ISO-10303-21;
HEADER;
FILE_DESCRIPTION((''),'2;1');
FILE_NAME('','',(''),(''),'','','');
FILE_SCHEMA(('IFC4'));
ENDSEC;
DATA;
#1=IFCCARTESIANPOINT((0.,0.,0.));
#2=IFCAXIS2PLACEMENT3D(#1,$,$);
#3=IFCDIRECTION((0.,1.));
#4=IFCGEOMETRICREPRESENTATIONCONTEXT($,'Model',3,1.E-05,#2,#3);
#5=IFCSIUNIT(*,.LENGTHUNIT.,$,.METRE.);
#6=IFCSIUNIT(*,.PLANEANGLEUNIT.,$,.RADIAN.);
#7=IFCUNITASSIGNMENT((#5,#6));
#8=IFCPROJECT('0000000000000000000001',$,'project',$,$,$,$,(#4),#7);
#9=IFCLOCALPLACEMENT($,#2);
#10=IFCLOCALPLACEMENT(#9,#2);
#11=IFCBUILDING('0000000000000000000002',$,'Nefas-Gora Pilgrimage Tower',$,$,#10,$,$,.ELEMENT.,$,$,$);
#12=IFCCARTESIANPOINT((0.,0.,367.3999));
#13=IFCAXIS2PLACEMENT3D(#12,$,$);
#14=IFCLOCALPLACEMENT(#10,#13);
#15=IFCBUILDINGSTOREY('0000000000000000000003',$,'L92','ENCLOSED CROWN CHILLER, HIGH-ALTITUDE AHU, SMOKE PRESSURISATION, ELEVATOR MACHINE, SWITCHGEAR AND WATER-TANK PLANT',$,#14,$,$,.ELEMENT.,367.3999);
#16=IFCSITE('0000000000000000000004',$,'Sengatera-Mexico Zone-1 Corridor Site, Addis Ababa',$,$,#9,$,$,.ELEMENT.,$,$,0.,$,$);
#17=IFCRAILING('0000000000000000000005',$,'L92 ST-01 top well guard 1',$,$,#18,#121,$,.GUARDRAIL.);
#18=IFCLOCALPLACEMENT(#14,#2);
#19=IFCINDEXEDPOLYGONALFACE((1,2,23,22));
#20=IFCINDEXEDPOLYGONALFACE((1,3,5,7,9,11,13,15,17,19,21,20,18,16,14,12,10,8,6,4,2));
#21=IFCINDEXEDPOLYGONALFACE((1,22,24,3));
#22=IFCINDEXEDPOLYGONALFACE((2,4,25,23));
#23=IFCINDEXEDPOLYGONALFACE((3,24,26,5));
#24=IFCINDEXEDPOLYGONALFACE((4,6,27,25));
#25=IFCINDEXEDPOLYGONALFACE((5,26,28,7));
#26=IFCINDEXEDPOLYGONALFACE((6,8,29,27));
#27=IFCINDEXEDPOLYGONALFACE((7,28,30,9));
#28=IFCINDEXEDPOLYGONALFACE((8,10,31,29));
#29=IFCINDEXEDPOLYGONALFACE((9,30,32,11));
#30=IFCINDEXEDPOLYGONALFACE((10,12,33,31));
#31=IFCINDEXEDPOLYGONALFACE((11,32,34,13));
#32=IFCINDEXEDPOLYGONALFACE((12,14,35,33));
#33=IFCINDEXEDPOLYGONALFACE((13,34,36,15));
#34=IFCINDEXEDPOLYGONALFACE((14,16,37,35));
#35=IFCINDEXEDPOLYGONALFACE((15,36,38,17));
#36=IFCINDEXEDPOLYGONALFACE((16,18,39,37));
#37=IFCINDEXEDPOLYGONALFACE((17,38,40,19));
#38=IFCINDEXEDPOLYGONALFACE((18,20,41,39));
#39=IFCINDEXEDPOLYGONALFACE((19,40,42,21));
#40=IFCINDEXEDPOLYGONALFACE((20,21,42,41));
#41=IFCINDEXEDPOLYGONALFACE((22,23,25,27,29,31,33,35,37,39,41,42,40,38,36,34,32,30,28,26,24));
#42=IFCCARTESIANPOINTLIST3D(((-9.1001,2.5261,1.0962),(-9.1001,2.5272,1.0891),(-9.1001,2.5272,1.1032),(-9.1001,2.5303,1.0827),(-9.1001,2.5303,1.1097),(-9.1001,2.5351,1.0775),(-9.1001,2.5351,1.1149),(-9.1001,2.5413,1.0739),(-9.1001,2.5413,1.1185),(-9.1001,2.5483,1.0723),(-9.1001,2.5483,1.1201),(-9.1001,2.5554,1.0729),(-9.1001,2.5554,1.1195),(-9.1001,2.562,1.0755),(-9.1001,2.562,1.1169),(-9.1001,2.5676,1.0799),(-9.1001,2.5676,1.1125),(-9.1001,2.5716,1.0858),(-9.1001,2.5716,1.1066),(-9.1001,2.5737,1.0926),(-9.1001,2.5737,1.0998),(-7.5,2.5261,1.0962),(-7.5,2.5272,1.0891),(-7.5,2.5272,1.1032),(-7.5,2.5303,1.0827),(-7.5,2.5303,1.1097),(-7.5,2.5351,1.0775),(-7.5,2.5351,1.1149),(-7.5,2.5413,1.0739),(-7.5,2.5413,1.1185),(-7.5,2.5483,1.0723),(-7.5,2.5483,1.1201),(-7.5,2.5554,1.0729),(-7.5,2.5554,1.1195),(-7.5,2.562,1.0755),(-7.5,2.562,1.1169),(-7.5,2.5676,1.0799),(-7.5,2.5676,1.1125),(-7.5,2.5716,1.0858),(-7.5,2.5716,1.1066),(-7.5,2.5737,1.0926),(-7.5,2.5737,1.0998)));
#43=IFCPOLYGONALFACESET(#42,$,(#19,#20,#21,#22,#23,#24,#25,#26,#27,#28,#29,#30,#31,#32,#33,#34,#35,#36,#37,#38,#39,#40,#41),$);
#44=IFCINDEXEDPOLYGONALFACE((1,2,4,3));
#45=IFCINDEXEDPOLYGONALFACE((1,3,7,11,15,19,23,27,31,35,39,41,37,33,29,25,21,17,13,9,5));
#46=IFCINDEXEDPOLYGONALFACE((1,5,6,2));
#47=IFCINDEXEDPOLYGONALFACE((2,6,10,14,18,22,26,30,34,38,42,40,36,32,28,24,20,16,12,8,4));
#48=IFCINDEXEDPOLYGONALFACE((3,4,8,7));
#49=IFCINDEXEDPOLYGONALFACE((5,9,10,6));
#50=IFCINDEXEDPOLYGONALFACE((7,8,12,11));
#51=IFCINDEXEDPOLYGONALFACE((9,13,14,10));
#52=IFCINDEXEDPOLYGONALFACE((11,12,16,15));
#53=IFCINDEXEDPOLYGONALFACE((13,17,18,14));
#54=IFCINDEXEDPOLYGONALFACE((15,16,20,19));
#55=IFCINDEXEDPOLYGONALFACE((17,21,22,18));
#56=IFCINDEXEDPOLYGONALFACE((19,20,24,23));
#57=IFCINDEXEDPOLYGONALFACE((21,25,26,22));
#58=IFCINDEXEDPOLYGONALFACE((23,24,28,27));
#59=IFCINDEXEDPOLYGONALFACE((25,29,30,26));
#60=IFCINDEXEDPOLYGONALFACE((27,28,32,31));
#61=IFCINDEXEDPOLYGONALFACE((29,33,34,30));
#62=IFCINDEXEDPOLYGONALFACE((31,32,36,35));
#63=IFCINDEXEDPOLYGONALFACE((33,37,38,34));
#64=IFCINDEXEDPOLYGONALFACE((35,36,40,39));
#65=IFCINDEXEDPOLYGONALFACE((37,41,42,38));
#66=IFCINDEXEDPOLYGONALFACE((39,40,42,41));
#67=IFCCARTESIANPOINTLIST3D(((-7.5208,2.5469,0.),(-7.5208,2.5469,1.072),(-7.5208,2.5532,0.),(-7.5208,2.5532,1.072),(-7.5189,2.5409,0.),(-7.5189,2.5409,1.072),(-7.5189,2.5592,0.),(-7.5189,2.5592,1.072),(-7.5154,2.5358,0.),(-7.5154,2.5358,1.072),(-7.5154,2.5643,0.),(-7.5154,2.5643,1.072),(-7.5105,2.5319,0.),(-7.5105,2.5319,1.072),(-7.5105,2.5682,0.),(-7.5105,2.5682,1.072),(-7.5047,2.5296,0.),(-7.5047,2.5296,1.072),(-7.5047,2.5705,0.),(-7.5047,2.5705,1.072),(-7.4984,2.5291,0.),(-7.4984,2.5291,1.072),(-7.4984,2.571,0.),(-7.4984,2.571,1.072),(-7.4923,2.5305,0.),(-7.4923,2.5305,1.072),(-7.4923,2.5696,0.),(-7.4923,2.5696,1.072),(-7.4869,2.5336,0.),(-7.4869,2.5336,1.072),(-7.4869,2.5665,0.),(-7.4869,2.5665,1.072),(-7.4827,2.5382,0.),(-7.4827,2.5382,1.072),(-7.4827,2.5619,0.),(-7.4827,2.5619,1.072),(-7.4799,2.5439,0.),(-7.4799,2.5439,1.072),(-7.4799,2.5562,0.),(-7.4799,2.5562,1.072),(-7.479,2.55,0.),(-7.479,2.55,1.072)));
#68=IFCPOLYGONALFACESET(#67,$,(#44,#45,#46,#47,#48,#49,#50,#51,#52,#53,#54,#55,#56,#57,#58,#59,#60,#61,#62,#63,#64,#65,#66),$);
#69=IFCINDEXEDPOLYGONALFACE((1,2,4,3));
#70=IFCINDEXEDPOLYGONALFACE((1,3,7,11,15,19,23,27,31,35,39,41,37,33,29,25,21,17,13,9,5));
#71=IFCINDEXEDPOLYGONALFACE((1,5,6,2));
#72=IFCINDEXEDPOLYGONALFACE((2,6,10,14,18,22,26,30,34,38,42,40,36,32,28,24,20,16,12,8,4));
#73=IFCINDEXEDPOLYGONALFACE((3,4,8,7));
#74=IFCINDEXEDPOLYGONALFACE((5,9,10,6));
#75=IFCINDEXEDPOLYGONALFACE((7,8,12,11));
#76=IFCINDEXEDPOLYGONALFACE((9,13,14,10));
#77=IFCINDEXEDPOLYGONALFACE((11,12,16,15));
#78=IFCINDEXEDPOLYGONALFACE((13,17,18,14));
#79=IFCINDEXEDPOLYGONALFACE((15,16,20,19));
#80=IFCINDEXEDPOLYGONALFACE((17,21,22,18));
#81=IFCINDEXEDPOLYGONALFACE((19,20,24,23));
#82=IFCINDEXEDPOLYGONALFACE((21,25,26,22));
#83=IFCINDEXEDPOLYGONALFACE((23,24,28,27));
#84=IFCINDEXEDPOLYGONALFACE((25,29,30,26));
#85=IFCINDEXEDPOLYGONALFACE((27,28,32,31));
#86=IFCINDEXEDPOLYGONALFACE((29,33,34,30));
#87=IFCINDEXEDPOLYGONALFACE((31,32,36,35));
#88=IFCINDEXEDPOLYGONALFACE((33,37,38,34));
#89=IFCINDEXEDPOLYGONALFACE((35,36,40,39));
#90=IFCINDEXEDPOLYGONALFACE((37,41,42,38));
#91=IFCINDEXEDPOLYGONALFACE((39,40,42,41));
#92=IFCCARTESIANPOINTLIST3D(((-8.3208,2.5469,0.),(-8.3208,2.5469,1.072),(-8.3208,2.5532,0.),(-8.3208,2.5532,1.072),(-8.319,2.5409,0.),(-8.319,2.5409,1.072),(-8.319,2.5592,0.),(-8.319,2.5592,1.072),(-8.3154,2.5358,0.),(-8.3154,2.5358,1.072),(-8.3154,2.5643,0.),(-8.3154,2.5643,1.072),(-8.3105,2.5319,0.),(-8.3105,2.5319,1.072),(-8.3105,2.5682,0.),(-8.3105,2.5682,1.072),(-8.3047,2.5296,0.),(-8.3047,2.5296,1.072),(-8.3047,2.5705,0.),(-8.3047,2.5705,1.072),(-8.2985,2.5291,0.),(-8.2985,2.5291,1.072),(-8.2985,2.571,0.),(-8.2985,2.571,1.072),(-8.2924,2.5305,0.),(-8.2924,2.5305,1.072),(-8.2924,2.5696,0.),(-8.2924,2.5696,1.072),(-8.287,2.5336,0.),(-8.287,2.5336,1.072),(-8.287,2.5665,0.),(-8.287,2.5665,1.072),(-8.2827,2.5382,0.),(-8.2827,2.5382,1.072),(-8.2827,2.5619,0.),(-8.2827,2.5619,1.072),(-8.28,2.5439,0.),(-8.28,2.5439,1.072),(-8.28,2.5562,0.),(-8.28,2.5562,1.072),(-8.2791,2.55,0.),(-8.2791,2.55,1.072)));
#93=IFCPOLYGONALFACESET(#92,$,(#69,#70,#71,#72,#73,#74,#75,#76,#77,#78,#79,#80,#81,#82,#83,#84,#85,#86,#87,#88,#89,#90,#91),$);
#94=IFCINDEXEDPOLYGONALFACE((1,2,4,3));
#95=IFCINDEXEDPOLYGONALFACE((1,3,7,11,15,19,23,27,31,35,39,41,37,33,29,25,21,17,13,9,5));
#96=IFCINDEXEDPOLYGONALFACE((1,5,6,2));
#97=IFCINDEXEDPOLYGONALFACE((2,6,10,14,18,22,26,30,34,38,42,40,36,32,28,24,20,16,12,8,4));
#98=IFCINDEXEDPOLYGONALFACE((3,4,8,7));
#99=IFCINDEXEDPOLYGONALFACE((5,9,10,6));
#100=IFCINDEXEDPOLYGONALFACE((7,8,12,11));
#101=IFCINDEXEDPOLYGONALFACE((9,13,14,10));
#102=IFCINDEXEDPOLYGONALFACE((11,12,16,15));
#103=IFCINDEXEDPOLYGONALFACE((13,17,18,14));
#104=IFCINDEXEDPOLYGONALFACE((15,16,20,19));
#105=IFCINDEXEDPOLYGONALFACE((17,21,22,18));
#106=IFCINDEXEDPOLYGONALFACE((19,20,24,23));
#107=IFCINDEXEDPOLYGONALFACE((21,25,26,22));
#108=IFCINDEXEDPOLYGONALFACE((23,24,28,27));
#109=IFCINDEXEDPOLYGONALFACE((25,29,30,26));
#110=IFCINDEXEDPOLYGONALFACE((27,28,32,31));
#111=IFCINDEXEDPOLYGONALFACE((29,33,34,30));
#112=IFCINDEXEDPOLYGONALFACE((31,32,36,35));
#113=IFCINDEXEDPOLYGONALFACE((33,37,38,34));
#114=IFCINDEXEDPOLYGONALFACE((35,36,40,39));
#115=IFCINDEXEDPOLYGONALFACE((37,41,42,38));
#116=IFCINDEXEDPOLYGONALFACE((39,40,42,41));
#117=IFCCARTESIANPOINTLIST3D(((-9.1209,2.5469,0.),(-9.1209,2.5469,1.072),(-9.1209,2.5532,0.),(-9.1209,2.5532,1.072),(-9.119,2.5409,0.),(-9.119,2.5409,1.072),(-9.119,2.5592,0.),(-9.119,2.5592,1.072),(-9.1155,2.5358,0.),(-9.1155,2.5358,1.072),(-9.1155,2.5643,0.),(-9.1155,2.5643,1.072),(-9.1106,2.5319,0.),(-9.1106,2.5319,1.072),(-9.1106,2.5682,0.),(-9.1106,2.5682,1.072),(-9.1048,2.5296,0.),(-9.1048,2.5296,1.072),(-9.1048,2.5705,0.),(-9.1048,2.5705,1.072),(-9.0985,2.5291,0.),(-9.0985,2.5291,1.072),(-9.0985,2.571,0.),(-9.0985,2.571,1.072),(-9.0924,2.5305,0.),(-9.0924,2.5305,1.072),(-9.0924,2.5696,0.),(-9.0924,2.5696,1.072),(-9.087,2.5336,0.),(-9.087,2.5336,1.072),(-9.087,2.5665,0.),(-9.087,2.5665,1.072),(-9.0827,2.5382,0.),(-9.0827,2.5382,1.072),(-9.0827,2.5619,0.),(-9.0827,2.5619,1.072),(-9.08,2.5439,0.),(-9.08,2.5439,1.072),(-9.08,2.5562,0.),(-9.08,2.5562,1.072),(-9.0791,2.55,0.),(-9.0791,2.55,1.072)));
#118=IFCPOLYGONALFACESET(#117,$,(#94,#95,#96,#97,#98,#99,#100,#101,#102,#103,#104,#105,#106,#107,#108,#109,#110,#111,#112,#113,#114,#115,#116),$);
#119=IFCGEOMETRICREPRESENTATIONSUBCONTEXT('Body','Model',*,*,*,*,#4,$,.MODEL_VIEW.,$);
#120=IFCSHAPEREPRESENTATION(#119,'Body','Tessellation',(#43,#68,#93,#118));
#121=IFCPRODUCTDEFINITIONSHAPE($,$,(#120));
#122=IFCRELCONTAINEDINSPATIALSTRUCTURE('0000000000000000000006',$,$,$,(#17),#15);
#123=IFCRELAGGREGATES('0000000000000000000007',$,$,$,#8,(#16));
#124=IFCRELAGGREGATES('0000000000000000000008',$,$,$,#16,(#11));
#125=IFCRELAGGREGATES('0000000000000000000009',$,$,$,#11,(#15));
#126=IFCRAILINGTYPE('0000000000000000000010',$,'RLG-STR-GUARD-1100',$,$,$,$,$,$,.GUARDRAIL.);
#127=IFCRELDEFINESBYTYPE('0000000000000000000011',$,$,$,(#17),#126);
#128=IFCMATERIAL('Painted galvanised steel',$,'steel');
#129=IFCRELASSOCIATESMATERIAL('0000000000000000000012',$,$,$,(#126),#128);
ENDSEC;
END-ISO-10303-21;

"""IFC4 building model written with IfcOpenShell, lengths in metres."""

from ifc_helpers import new_model, si_unit, direction, frame, origin, origin_2d, place, context, subcontext, project, spatial, circle, extrude, material, type_object, element, save


model = new_model("IFC4")

# Units and contexts
model_context = context("Model", 3, precision=1e-05, world=origin(), true_north=direction((0.0, 1.0)))
body_context = subcontext(model_context, "Body", "Model", "MODEL_VIEW")
ifc_project = project(units=[si_unit("LENGTHUNIT", "METRE"), si_unit("PLANEANGLEUNIT", "RADIAN")], contexts=[model_context])

# Site, building, storey
site_placement = place(None, origin())
site = spatial("IfcSite", under=ifc_project, at=site_placement, Name="Sengatera-Mexico Zone-1 Corridor Site, Addis Ababa", CompositionType="ELEMENT", RefElevation=0.0)
building_placement = place(site_placement, origin())
building = spatial("IfcBuilding", under=site, at=building_placement, Name="Nefas-Gora Pilgrimage Tower", CompositionType="ELEMENT")
storey_placement = place(building_placement, frame((0.0, 0.0, 367.3999)))
storey = spatial("IfcBuildingStorey", under=building, at=storey_placement, Name="L92", Description="ENCLOSED CROWN CHILLER, HIGH-ALTITUDE AHU, SMOKE PRESSURISATION, ELEVATOR MACHINE, SWITCHGEAR AND WATER-TANK PLANT", CompositionType="ELEMENT", Elevation=367.3999)

# Railing
ifc_material_1 = material(Name="Painted galvanised steel", Category="steel")
railing_type = type_object("IfcRailingType", Name="RLG-STR-GUARD-1100", PredefinedType="GUARDRAIL", material=ifc_material_1)
railing_placement = place(storey_placement, frame((-7.5, 2.55, 0.0)))
element("IfcRailing", 1, at=railing_placement, inside=storey, type_object=railing_type, Name="L92 ST-01 top well guard 1", PredefinedType="GUARDRAIL", context=body_context, shape_type="SweptSolid", body=[
    extrude(circle(Radius=0.0239, at=origin_2d()), frame((0.0, 0.0, 1.0962), z_axis=(-1.0, 0.0, 0.0), x_axis=(0.0, -1.0, 0.0)), (0.0, 0.0, 1.0), 1.6001),
    extrude(circle(Radius=0.021, at=origin_2d()), origin(), (0.0, 0.0, 1.0), 1.072),
    extrude(circle(Radius=0.021, at=origin_2d()), frame((-0.8, 0.0, 0.0)), (0.0, 0.0, 1.0), 1.072),
    extrude(circle(Radius=0.021, at=origin_2d()), frame((-1.6001, 0.0, 0.0)), (0.0, 0.0, 1.0), 1.072),
])

save(model, "model.ifc")
